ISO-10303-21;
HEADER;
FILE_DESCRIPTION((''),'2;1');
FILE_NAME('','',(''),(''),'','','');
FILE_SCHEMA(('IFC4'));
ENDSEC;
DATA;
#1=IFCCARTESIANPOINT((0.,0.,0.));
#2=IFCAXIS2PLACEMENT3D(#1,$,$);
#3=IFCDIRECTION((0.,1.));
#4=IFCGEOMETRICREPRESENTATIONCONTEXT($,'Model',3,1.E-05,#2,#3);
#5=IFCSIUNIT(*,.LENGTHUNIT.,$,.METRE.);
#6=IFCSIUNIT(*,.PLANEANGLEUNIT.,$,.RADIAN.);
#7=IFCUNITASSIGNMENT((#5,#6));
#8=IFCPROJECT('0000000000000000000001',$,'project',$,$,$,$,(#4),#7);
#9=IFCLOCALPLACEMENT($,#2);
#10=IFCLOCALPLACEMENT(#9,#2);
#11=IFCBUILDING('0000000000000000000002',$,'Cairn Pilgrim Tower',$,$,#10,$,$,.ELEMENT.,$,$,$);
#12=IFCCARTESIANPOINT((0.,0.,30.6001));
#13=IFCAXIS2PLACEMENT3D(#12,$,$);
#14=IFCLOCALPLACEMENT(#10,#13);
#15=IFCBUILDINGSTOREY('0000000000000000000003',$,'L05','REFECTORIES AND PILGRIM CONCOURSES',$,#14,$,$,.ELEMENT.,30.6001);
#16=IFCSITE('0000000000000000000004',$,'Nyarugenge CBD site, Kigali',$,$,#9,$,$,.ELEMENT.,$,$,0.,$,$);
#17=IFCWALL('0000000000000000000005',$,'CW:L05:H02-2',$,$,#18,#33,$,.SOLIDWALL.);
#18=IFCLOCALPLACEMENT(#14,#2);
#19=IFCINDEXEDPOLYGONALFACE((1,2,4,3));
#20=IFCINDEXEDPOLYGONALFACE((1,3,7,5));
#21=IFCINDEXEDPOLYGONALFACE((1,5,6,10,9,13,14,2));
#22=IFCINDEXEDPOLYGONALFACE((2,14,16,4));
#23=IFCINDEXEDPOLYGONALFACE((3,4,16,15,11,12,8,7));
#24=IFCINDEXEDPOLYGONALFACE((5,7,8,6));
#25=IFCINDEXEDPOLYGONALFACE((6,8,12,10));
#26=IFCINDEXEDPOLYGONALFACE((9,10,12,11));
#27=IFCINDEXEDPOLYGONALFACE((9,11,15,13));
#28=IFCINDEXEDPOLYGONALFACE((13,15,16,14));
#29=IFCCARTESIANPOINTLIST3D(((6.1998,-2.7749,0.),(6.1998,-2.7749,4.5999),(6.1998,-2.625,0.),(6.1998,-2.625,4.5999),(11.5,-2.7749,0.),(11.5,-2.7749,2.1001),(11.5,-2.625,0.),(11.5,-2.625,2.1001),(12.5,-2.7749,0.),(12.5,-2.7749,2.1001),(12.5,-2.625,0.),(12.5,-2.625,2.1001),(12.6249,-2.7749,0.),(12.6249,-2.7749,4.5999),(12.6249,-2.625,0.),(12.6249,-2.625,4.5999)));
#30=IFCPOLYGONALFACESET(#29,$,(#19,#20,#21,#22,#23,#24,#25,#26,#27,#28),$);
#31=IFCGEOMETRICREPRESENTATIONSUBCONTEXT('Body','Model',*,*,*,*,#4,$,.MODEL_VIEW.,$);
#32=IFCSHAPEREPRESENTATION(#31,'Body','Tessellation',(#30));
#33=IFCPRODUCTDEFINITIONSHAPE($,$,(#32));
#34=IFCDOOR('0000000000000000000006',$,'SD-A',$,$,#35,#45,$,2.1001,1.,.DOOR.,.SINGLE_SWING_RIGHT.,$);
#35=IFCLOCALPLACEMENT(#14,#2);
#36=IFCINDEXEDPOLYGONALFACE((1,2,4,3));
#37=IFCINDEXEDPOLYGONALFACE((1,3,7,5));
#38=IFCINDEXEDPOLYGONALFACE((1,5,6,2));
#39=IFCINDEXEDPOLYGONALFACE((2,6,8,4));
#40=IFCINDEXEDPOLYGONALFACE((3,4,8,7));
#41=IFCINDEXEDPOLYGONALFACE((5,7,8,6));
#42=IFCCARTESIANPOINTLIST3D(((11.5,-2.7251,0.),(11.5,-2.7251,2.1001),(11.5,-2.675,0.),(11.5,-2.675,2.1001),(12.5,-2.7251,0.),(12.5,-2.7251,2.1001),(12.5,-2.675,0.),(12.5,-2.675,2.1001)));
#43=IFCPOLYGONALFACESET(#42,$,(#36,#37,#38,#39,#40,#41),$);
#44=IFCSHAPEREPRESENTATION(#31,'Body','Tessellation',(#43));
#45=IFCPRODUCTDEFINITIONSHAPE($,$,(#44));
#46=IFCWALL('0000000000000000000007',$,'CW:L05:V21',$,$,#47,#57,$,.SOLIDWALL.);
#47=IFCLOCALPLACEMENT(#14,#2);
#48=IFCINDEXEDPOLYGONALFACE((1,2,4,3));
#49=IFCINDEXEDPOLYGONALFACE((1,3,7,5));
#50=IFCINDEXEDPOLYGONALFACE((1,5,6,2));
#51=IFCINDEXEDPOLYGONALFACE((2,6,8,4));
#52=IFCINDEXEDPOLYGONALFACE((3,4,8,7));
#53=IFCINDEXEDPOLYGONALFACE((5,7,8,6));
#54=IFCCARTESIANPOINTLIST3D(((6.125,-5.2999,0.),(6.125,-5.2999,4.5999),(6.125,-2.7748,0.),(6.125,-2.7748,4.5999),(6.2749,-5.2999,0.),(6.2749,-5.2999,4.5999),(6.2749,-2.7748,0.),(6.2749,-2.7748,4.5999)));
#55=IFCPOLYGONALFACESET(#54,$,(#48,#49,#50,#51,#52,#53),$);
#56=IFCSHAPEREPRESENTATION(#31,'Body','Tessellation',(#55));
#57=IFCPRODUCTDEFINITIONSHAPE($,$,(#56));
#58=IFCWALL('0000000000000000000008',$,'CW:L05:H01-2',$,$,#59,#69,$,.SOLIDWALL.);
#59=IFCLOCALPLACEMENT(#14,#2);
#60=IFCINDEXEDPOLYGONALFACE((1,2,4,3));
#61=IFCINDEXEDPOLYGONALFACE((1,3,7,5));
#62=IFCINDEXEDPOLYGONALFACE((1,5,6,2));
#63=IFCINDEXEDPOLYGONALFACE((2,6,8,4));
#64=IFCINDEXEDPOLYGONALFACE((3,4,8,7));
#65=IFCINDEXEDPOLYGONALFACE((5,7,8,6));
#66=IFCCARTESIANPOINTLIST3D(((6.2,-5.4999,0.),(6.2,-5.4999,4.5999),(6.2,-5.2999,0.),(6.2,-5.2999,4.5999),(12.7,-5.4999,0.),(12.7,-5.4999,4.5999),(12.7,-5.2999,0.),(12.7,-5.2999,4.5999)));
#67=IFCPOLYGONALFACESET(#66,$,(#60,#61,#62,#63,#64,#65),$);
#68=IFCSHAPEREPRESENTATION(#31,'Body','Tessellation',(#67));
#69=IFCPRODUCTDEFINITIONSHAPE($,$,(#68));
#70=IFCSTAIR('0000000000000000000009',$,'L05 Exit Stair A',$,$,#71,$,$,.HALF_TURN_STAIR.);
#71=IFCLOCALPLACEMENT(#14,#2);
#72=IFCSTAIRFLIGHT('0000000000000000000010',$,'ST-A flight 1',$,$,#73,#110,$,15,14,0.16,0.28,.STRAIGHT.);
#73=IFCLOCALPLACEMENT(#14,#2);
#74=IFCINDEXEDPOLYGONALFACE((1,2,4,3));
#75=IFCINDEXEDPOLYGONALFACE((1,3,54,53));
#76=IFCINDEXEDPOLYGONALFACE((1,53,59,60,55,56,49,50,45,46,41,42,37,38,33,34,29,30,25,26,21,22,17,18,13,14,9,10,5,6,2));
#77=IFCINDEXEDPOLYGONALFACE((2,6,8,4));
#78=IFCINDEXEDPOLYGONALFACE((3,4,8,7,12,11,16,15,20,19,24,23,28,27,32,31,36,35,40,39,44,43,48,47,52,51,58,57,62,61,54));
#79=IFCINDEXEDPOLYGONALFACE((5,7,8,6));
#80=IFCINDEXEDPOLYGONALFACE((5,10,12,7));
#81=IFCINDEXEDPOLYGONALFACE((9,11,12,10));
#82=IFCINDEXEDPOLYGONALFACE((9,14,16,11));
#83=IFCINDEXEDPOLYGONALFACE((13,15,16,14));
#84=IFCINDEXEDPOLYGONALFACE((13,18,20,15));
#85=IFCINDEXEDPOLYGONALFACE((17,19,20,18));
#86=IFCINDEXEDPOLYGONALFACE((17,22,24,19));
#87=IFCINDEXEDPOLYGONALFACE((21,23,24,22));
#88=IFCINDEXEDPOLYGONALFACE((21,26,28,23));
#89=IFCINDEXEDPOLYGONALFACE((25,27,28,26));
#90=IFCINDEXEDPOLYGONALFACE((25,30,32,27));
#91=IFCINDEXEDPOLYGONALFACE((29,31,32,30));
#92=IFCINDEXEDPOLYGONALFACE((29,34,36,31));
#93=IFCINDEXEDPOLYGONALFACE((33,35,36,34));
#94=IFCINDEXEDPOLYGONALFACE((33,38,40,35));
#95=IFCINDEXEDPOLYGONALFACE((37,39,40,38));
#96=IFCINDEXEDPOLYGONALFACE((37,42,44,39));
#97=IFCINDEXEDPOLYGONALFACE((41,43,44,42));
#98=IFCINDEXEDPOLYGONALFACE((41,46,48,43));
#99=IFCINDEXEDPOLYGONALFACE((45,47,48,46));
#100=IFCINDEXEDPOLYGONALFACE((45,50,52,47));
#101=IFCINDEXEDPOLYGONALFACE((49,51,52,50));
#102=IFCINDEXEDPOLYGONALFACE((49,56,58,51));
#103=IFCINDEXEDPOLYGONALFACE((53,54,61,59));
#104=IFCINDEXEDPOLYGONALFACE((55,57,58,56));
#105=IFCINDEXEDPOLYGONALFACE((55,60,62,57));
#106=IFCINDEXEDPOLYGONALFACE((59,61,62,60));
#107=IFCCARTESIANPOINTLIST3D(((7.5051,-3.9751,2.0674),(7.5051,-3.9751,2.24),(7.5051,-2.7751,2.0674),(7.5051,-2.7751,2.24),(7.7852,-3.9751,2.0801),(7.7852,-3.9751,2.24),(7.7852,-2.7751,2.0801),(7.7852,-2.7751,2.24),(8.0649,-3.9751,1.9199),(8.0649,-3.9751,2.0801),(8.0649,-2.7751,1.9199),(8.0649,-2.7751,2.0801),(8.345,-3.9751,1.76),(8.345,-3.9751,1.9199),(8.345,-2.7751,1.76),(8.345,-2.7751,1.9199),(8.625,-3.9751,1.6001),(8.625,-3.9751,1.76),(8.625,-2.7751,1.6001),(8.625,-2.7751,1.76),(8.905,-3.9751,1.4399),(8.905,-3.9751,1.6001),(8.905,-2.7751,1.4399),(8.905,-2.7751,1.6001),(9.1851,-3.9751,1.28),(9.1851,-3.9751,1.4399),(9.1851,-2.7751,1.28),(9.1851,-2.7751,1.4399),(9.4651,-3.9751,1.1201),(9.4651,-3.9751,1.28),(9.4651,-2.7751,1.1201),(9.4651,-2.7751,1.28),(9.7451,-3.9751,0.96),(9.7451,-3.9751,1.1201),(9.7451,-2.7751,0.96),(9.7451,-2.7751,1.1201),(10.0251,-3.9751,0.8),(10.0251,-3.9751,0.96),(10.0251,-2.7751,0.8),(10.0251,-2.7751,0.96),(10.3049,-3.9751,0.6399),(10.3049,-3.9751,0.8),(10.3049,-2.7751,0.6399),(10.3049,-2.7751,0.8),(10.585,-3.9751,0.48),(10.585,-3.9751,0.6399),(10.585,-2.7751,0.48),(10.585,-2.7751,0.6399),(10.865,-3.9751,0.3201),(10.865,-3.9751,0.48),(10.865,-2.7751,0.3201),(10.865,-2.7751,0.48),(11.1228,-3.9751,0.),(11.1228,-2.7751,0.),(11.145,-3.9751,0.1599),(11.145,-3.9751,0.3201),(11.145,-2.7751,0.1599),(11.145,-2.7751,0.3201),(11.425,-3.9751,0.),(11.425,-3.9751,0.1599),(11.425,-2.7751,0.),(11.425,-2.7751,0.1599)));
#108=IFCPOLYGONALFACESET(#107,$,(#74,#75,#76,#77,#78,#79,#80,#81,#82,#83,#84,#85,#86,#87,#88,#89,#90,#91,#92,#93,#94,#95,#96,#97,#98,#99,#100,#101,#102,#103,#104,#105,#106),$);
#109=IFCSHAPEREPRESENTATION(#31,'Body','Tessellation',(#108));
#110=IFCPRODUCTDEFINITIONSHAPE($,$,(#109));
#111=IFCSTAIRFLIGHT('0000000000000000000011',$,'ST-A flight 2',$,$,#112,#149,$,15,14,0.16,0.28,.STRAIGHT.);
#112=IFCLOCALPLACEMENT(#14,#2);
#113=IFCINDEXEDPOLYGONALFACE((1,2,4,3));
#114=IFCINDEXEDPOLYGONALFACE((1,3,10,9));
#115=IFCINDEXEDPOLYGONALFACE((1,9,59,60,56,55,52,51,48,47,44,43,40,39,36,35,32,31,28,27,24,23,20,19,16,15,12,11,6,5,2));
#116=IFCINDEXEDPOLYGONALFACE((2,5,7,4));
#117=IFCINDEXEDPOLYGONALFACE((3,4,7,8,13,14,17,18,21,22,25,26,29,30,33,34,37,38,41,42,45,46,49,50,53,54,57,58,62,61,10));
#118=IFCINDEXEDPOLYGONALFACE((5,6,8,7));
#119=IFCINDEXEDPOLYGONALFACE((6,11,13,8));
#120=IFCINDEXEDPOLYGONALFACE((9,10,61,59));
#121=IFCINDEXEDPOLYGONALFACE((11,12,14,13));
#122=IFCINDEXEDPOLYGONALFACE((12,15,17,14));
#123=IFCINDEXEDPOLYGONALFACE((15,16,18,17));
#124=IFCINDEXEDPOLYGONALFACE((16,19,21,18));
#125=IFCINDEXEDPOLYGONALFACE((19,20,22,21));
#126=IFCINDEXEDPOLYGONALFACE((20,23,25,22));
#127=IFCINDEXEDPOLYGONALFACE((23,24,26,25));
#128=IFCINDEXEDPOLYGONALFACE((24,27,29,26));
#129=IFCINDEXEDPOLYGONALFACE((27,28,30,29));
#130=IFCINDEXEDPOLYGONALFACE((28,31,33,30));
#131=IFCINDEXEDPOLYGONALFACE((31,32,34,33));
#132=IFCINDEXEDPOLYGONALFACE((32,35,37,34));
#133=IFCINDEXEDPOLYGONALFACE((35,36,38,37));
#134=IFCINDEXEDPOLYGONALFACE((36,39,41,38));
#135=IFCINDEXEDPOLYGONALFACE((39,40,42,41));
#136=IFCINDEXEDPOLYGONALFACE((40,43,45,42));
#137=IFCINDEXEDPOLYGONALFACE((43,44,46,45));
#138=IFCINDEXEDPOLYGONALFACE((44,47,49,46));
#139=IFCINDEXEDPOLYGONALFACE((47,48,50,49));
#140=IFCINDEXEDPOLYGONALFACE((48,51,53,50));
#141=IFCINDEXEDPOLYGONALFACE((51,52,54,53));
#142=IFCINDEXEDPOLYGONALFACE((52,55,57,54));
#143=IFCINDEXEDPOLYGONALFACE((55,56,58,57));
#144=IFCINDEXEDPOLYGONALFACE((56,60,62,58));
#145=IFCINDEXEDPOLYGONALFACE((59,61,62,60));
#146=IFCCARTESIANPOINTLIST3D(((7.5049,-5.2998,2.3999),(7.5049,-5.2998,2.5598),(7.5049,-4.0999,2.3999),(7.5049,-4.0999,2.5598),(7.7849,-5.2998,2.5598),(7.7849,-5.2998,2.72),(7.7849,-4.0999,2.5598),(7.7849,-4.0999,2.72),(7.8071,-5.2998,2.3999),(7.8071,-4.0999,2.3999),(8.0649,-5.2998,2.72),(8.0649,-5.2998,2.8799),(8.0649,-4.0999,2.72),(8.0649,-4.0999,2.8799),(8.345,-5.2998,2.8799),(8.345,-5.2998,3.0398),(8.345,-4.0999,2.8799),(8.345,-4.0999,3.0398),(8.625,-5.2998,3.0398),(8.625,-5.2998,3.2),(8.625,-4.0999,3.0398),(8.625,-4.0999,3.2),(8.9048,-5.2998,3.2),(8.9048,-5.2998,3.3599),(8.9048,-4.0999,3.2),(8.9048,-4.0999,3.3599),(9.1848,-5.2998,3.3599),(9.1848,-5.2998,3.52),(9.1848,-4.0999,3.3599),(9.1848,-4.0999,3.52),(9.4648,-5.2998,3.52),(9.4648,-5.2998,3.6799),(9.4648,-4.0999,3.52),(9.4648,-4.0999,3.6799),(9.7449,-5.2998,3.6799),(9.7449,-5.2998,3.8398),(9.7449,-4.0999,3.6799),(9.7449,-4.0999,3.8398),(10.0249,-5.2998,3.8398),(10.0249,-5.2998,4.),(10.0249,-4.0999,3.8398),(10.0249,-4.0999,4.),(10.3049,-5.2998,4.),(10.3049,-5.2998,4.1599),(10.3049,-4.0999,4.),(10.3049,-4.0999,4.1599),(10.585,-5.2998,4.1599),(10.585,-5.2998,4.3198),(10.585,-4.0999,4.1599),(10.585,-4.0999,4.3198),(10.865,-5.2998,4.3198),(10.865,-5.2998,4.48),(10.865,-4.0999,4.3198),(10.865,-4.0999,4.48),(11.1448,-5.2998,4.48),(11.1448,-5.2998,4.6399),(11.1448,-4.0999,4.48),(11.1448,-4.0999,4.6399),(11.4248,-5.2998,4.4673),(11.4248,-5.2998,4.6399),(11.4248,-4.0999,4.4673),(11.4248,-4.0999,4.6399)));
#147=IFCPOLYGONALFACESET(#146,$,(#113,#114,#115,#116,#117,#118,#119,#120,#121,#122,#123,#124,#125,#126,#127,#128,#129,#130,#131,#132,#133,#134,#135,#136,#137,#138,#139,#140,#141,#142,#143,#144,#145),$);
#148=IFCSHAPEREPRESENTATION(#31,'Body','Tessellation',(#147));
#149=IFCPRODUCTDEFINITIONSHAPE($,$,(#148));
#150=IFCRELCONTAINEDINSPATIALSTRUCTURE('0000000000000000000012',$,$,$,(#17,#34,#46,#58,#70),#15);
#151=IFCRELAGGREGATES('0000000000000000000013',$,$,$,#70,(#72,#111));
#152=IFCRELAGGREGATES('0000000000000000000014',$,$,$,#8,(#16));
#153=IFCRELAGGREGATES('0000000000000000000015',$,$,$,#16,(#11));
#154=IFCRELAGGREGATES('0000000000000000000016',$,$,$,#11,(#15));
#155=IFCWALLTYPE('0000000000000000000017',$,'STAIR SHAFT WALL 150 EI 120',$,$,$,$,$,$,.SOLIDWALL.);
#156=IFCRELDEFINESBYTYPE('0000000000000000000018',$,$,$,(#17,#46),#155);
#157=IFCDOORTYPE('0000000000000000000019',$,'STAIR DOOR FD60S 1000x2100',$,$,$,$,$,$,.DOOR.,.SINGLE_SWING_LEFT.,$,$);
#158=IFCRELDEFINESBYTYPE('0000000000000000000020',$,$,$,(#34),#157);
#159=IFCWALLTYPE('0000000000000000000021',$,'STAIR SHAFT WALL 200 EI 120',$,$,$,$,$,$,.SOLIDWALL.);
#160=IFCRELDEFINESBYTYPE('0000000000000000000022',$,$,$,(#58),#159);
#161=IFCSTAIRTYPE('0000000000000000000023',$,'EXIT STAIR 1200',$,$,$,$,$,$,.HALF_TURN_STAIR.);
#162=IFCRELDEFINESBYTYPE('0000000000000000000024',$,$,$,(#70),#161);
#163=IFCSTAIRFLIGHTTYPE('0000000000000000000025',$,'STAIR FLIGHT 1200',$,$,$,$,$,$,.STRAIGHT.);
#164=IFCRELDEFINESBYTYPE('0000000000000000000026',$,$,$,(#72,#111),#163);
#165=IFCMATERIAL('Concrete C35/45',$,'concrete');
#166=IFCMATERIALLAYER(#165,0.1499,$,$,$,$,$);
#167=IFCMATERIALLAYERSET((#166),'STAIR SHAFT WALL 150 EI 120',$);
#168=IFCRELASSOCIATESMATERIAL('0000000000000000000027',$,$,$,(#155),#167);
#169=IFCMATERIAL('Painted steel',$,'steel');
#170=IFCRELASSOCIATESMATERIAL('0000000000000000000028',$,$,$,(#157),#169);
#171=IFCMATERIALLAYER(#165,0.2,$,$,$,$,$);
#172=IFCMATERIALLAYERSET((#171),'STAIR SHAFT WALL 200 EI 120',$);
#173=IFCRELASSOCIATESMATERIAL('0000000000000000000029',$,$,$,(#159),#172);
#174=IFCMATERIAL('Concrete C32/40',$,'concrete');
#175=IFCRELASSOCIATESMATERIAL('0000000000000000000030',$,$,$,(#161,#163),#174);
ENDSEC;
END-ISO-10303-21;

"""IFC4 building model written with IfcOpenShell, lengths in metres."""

from ifc_helpers import new_model, si_unit, direction, frame, frame_2d, origin, place, context, subcontext, project, spatial, polyline, rectangle, outline, extrude, material, layer, layer_set, type_object, element, fill, aggregate, save


model = new_model("IFC4")

# Units and contexts
model_context = context("Model", 3, precision=1e-05, world=origin(), true_north=direction((0.0, 1.0)))
body_context = subcontext(model_context, "Body", "Model", "MODEL_VIEW")
ifc_project = project(units=[si_unit("LENGTHUNIT", "METRE"), si_unit("PLANEANGLEUNIT", "RADIAN")], contexts=[model_context])

# Site, building, storey
site_placement = place(None, origin())
site = spatial("IfcSite", under=ifc_project, at=site_placement, Name="Nyarugenge CBD site, Kigali", CompositionType="ELEMENT", RefElevation=0.0)
building_placement = place(site_placement, origin())
building = spatial("IfcBuilding", under=site, at=building_placement, Name="Cairn Pilgrim Tower", CompositionType="ELEMENT")
storey_placement = place(building_placement, frame((0.0, 0.0, 30.6001)))
storey = spatial("IfcBuildingStorey", under=building, at=storey_placement, Name="L05", Description="REFECTORIES AND PILGRIM CONCOURSES", CompositionType="ELEMENT", Elevation=30.6001)

# Shared definitions
ifc_material_1 = material(Name="Concrete C32/40", Category="concrete")

# Wall, opening, door
ifc_material_2 = material(Name="Concrete C35/45", Category="concrete")
ifc_layer_1 = layer(ifc_material_2, 0.1499)
ifc_layer_set_1 = layer_set([ifc_layer_1], Name="STAIR SHAFT WALL 150 EI 120")
wall_type_1 = type_object("IfcWallType", Name="STAIR SHAFT WALL 150 EI 120", PredefinedType="SOLIDWALL", material=ifc_layer_set_1)
wall_1_placement = place(storey_placement, frame((6.2, -2.7, 0.0), z_axis=(0.0, 0.0, 1.0), x_axis=(1.0, 0.0, 0.0)))
wall_1 = element("IfcWall", 1, at=wall_1_placement, inside=storey, type_object=wall_type_1, Name="CW:L05:H02-2", PredefinedType="SOLIDWALL", context=body_context, shape_type="SweptSolid", body=[
    extrude(rectangle(XDim=6.425, YDim=0.1499, at=frame_2d((3.2124, 0.0))), origin(), (0.0, 0.0, 1.0), 4.5999),
])
opening_1_placement = place(wall_1_placement, frame((5.3, 0.0, 0.0)))
opening_1 = element("IfcOpeningElement", 2, at=opening_1_placement, cuts=wall_1, PredefinedType="OPENING", context=body_context, shape_type="SweptSolid", body=[
    extrude(rectangle(XDim=1.0, YDim=2.1001, at=frame_2d((0.5, 1.05))), frame((0.0, 0.085, 0.0), z_axis=(0.0, -1.0, 0.0), x_axis=(1.0, 0.0, 0.0)), (0.0, 0.0, 1.0), 0.1699),
])
ifc_material_3 = material(Name="Painted steel", Category="steel")
door_type_1 = type_object("IfcDoorType", Name="STAIR DOOR FD60S 1000x2100", OperationType="SINGLE_SWING_LEFT", PredefinedType="DOOR", material=ifc_material_3)
door_1_placement = place(opening_1_placement, origin())
door_1 = element("IfcDoor", 3, at=door_1_placement, inside=storey, type_object=door_type_1, Name="SD-A", OperationType="SINGLE_SWING_RIGHT", OverallHeight=2.1001, OverallWidth=1.0, PredefinedType="DOOR", context=body_context, shape_type="SweptSolid", body=[
    extrude(rectangle(XDim=1.0, YDim=2.1001, at=frame_2d((0.5, 1.05))), frame((0.0, 0.0249, 0.0), z_axis=(0.0, -1.0, 0.0), x_axis=(1.0, 0.0, 0.0)), (0.0, 0.0, 1.0), 0.05),
])
fill(opening_1, door_1)

# Walls
wall_2_placement = place(storey_placement, frame((6.2, -5.3, 0.0), z_axis=(0.0, 0.0, 1.0), x_axis=(0.0, 1.0, 0.0)))
element("IfcWall", 4, at=wall_2_placement, inside=storey, type_object=wall_type_1, Name="CW:L05:V21", PredefinedType="SOLIDWALL", context=body_context, shape_type="SweptSolid", body=[
    extrude(rectangle(XDim=2.5251, YDim=0.1499, at=frame_2d((1.2627, 0.0))), origin(), (0.0, 0.0, 1.0), 4.5999),
])
ifc_layer_2 = layer(ifc_material_2, 0.2)
ifc_layer_set_2 = layer_set([ifc_layer_2], Name="STAIR SHAFT WALL 200 EI 120")
wall_type_2 = type_object("IfcWallType", Name="STAIR SHAFT WALL 200 EI 120", PredefinedType="SOLIDWALL", material=ifc_layer_set_2)
wall_3_placement = place(storey_placement, frame((6.2, -5.3999, 0.0), z_axis=(0.0, 0.0, 1.0), x_axis=(1.0, 0.0, 0.0)))
element("IfcWall", 5, at=wall_3_placement, inside=storey, type_object=wall_type_2, Name="CW:L05:H01-2", PredefinedType="SOLIDWALL", context=body_context, shape_type="SweptSolid", body=[
    extrude(rectangle(XDim=6.5, YDim=0.2, at=frame_2d((3.25, 0.0))), origin(), (0.0, 0.0, 1.0), 4.5999),
])

# Stair, stair flights
stair_type = type_object("IfcStairType", Name="EXIT STAIR 1200", PredefinedType="HALF_TURN_STAIR", material=ifc_material_1)
stair_placement = place(storey_placement, origin())
stair = element("IfcStair", 6, at=stair_placement, inside=storey, type_object=stair_type, Name="L05 Exit Stair A", PredefinedType="HALF_TURN_STAIR")
stair_flight_type = type_object("IfcStairFlightType", Name="STAIR FLIGHT 1200", PredefinedType="STRAIGHT", material=ifc_material_1)
stair_flight_1_placement = place(storey_placement, frame((11.425, -3.375, 0.0), z_axis=(0.0, 0.0, 1.0), x_axis=(-1.0, 0.0, 0.0)))
stair_flight_1 = element("IfcStairFlight", 7, at=stair_flight_1_placement, type_object=stair_flight_type, Name="ST-A flight 1", NumberOfRisers=15, NumberOfTreads=14, PredefinedType="STRAIGHT", RiserHeight=0.16, TreadLength=0.28, context=body_context, shape_type="SweptSolid", body=[
    extrude(outline(polyline([(0.0, 0.0), (0.0, 0.1599), (0.28, 0.1599), (0.28, 0.3201), (0.5601, 0.3201), (0.5601, 0.48), (0.8401, 0.48), (0.8401, 0.6399), (1.1201, 0.6399), (1.1201, 0.8), (1.3999, 0.8), (1.3999, 0.96), (1.6799, 0.96), (1.6799, 1.1201), (1.96, 1.1201), (1.96, 1.28), (2.24, 1.28), (2.24, 1.4399), (2.52, 1.4399), (2.52, 1.6001), (2.8, 1.6001), (2.8, 1.76), (3.0801, 1.76), (3.0801, 1.9199), (3.3601, 1.9199), (3.3601, 2.0801), (3.6399, 2.0801), (3.6399, 2.24), (3.9199, 2.24), (3.9199, 2.3999), (3.9199, 2.0674), (0.3022, 0.0), (0.0, 0.0)])), frame((0.0, 0.6001, 0.0), z_axis=(0.0, -1.0, 0.0), x_axis=(1.0, 0.0, 0.0)), (0.0, 0.0, 1.0), 1.2),
])
stair_flight_2_placement = place(storey_placement, frame((7.5049, -4.7, 2.3999), z_axis=(0.0, 0.0, 1.0), x_axis=(1.0, 0.0, 0.0)))
stair_flight_2 = element("IfcStairFlight", 8, at=stair_flight_2_placement, type_object=stair_flight_type, Name="ST-A flight 2", NumberOfRisers=15, NumberOfTreads=14, PredefinedType="STRAIGHT", RiserHeight=0.16, TreadLength=0.28, context=body_context, shape_type="SweptSolid", body=[
    extrude(outline(polyline([(0.0, 0.0), (0.0, 0.1599), (0.28, 0.1599), (0.28, 0.3201), (0.5601, 0.3201), (0.5601, 0.48), (0.8401, 0.48), (0.8401, 0.6399), (1.1201, 0.6399), (1.1201, 0.8), (1.3999, 0.8), (1.3999, 0.96), (1.6799, 0.96), (1.6799, 1.1201), (1.96, 1.1201), (1.96, 1.28), (2.24, 1.28), (2.24, 1.4399), (2.52, 1.4399), (2.52, 1.6001), (2.8, 1.6001), (2.8, 1.76), (3.0801, 1.76), (3.0801, 1.9199), (3.3601, 1.9199), (3.3601, 2.0801), (3.6399, 2.0801), (3.6399, 2.24), (3.9199, 2.24), (3.9199, 2.3999), (3.9199, 2.0674), (0.3022, 0.0), (0.0, 0.0)])), frame((0.0, 0.6001, 0.0), z_axis=(0.0, -1.0, 0.0), x_axis=(1.0, 0.0, 0.0)), (0.0, 0.0, 1.0), 1.2),
])
aggregate(stair, [stair_flight_1, stair_flight_2])

save(model, "model.ifc")
